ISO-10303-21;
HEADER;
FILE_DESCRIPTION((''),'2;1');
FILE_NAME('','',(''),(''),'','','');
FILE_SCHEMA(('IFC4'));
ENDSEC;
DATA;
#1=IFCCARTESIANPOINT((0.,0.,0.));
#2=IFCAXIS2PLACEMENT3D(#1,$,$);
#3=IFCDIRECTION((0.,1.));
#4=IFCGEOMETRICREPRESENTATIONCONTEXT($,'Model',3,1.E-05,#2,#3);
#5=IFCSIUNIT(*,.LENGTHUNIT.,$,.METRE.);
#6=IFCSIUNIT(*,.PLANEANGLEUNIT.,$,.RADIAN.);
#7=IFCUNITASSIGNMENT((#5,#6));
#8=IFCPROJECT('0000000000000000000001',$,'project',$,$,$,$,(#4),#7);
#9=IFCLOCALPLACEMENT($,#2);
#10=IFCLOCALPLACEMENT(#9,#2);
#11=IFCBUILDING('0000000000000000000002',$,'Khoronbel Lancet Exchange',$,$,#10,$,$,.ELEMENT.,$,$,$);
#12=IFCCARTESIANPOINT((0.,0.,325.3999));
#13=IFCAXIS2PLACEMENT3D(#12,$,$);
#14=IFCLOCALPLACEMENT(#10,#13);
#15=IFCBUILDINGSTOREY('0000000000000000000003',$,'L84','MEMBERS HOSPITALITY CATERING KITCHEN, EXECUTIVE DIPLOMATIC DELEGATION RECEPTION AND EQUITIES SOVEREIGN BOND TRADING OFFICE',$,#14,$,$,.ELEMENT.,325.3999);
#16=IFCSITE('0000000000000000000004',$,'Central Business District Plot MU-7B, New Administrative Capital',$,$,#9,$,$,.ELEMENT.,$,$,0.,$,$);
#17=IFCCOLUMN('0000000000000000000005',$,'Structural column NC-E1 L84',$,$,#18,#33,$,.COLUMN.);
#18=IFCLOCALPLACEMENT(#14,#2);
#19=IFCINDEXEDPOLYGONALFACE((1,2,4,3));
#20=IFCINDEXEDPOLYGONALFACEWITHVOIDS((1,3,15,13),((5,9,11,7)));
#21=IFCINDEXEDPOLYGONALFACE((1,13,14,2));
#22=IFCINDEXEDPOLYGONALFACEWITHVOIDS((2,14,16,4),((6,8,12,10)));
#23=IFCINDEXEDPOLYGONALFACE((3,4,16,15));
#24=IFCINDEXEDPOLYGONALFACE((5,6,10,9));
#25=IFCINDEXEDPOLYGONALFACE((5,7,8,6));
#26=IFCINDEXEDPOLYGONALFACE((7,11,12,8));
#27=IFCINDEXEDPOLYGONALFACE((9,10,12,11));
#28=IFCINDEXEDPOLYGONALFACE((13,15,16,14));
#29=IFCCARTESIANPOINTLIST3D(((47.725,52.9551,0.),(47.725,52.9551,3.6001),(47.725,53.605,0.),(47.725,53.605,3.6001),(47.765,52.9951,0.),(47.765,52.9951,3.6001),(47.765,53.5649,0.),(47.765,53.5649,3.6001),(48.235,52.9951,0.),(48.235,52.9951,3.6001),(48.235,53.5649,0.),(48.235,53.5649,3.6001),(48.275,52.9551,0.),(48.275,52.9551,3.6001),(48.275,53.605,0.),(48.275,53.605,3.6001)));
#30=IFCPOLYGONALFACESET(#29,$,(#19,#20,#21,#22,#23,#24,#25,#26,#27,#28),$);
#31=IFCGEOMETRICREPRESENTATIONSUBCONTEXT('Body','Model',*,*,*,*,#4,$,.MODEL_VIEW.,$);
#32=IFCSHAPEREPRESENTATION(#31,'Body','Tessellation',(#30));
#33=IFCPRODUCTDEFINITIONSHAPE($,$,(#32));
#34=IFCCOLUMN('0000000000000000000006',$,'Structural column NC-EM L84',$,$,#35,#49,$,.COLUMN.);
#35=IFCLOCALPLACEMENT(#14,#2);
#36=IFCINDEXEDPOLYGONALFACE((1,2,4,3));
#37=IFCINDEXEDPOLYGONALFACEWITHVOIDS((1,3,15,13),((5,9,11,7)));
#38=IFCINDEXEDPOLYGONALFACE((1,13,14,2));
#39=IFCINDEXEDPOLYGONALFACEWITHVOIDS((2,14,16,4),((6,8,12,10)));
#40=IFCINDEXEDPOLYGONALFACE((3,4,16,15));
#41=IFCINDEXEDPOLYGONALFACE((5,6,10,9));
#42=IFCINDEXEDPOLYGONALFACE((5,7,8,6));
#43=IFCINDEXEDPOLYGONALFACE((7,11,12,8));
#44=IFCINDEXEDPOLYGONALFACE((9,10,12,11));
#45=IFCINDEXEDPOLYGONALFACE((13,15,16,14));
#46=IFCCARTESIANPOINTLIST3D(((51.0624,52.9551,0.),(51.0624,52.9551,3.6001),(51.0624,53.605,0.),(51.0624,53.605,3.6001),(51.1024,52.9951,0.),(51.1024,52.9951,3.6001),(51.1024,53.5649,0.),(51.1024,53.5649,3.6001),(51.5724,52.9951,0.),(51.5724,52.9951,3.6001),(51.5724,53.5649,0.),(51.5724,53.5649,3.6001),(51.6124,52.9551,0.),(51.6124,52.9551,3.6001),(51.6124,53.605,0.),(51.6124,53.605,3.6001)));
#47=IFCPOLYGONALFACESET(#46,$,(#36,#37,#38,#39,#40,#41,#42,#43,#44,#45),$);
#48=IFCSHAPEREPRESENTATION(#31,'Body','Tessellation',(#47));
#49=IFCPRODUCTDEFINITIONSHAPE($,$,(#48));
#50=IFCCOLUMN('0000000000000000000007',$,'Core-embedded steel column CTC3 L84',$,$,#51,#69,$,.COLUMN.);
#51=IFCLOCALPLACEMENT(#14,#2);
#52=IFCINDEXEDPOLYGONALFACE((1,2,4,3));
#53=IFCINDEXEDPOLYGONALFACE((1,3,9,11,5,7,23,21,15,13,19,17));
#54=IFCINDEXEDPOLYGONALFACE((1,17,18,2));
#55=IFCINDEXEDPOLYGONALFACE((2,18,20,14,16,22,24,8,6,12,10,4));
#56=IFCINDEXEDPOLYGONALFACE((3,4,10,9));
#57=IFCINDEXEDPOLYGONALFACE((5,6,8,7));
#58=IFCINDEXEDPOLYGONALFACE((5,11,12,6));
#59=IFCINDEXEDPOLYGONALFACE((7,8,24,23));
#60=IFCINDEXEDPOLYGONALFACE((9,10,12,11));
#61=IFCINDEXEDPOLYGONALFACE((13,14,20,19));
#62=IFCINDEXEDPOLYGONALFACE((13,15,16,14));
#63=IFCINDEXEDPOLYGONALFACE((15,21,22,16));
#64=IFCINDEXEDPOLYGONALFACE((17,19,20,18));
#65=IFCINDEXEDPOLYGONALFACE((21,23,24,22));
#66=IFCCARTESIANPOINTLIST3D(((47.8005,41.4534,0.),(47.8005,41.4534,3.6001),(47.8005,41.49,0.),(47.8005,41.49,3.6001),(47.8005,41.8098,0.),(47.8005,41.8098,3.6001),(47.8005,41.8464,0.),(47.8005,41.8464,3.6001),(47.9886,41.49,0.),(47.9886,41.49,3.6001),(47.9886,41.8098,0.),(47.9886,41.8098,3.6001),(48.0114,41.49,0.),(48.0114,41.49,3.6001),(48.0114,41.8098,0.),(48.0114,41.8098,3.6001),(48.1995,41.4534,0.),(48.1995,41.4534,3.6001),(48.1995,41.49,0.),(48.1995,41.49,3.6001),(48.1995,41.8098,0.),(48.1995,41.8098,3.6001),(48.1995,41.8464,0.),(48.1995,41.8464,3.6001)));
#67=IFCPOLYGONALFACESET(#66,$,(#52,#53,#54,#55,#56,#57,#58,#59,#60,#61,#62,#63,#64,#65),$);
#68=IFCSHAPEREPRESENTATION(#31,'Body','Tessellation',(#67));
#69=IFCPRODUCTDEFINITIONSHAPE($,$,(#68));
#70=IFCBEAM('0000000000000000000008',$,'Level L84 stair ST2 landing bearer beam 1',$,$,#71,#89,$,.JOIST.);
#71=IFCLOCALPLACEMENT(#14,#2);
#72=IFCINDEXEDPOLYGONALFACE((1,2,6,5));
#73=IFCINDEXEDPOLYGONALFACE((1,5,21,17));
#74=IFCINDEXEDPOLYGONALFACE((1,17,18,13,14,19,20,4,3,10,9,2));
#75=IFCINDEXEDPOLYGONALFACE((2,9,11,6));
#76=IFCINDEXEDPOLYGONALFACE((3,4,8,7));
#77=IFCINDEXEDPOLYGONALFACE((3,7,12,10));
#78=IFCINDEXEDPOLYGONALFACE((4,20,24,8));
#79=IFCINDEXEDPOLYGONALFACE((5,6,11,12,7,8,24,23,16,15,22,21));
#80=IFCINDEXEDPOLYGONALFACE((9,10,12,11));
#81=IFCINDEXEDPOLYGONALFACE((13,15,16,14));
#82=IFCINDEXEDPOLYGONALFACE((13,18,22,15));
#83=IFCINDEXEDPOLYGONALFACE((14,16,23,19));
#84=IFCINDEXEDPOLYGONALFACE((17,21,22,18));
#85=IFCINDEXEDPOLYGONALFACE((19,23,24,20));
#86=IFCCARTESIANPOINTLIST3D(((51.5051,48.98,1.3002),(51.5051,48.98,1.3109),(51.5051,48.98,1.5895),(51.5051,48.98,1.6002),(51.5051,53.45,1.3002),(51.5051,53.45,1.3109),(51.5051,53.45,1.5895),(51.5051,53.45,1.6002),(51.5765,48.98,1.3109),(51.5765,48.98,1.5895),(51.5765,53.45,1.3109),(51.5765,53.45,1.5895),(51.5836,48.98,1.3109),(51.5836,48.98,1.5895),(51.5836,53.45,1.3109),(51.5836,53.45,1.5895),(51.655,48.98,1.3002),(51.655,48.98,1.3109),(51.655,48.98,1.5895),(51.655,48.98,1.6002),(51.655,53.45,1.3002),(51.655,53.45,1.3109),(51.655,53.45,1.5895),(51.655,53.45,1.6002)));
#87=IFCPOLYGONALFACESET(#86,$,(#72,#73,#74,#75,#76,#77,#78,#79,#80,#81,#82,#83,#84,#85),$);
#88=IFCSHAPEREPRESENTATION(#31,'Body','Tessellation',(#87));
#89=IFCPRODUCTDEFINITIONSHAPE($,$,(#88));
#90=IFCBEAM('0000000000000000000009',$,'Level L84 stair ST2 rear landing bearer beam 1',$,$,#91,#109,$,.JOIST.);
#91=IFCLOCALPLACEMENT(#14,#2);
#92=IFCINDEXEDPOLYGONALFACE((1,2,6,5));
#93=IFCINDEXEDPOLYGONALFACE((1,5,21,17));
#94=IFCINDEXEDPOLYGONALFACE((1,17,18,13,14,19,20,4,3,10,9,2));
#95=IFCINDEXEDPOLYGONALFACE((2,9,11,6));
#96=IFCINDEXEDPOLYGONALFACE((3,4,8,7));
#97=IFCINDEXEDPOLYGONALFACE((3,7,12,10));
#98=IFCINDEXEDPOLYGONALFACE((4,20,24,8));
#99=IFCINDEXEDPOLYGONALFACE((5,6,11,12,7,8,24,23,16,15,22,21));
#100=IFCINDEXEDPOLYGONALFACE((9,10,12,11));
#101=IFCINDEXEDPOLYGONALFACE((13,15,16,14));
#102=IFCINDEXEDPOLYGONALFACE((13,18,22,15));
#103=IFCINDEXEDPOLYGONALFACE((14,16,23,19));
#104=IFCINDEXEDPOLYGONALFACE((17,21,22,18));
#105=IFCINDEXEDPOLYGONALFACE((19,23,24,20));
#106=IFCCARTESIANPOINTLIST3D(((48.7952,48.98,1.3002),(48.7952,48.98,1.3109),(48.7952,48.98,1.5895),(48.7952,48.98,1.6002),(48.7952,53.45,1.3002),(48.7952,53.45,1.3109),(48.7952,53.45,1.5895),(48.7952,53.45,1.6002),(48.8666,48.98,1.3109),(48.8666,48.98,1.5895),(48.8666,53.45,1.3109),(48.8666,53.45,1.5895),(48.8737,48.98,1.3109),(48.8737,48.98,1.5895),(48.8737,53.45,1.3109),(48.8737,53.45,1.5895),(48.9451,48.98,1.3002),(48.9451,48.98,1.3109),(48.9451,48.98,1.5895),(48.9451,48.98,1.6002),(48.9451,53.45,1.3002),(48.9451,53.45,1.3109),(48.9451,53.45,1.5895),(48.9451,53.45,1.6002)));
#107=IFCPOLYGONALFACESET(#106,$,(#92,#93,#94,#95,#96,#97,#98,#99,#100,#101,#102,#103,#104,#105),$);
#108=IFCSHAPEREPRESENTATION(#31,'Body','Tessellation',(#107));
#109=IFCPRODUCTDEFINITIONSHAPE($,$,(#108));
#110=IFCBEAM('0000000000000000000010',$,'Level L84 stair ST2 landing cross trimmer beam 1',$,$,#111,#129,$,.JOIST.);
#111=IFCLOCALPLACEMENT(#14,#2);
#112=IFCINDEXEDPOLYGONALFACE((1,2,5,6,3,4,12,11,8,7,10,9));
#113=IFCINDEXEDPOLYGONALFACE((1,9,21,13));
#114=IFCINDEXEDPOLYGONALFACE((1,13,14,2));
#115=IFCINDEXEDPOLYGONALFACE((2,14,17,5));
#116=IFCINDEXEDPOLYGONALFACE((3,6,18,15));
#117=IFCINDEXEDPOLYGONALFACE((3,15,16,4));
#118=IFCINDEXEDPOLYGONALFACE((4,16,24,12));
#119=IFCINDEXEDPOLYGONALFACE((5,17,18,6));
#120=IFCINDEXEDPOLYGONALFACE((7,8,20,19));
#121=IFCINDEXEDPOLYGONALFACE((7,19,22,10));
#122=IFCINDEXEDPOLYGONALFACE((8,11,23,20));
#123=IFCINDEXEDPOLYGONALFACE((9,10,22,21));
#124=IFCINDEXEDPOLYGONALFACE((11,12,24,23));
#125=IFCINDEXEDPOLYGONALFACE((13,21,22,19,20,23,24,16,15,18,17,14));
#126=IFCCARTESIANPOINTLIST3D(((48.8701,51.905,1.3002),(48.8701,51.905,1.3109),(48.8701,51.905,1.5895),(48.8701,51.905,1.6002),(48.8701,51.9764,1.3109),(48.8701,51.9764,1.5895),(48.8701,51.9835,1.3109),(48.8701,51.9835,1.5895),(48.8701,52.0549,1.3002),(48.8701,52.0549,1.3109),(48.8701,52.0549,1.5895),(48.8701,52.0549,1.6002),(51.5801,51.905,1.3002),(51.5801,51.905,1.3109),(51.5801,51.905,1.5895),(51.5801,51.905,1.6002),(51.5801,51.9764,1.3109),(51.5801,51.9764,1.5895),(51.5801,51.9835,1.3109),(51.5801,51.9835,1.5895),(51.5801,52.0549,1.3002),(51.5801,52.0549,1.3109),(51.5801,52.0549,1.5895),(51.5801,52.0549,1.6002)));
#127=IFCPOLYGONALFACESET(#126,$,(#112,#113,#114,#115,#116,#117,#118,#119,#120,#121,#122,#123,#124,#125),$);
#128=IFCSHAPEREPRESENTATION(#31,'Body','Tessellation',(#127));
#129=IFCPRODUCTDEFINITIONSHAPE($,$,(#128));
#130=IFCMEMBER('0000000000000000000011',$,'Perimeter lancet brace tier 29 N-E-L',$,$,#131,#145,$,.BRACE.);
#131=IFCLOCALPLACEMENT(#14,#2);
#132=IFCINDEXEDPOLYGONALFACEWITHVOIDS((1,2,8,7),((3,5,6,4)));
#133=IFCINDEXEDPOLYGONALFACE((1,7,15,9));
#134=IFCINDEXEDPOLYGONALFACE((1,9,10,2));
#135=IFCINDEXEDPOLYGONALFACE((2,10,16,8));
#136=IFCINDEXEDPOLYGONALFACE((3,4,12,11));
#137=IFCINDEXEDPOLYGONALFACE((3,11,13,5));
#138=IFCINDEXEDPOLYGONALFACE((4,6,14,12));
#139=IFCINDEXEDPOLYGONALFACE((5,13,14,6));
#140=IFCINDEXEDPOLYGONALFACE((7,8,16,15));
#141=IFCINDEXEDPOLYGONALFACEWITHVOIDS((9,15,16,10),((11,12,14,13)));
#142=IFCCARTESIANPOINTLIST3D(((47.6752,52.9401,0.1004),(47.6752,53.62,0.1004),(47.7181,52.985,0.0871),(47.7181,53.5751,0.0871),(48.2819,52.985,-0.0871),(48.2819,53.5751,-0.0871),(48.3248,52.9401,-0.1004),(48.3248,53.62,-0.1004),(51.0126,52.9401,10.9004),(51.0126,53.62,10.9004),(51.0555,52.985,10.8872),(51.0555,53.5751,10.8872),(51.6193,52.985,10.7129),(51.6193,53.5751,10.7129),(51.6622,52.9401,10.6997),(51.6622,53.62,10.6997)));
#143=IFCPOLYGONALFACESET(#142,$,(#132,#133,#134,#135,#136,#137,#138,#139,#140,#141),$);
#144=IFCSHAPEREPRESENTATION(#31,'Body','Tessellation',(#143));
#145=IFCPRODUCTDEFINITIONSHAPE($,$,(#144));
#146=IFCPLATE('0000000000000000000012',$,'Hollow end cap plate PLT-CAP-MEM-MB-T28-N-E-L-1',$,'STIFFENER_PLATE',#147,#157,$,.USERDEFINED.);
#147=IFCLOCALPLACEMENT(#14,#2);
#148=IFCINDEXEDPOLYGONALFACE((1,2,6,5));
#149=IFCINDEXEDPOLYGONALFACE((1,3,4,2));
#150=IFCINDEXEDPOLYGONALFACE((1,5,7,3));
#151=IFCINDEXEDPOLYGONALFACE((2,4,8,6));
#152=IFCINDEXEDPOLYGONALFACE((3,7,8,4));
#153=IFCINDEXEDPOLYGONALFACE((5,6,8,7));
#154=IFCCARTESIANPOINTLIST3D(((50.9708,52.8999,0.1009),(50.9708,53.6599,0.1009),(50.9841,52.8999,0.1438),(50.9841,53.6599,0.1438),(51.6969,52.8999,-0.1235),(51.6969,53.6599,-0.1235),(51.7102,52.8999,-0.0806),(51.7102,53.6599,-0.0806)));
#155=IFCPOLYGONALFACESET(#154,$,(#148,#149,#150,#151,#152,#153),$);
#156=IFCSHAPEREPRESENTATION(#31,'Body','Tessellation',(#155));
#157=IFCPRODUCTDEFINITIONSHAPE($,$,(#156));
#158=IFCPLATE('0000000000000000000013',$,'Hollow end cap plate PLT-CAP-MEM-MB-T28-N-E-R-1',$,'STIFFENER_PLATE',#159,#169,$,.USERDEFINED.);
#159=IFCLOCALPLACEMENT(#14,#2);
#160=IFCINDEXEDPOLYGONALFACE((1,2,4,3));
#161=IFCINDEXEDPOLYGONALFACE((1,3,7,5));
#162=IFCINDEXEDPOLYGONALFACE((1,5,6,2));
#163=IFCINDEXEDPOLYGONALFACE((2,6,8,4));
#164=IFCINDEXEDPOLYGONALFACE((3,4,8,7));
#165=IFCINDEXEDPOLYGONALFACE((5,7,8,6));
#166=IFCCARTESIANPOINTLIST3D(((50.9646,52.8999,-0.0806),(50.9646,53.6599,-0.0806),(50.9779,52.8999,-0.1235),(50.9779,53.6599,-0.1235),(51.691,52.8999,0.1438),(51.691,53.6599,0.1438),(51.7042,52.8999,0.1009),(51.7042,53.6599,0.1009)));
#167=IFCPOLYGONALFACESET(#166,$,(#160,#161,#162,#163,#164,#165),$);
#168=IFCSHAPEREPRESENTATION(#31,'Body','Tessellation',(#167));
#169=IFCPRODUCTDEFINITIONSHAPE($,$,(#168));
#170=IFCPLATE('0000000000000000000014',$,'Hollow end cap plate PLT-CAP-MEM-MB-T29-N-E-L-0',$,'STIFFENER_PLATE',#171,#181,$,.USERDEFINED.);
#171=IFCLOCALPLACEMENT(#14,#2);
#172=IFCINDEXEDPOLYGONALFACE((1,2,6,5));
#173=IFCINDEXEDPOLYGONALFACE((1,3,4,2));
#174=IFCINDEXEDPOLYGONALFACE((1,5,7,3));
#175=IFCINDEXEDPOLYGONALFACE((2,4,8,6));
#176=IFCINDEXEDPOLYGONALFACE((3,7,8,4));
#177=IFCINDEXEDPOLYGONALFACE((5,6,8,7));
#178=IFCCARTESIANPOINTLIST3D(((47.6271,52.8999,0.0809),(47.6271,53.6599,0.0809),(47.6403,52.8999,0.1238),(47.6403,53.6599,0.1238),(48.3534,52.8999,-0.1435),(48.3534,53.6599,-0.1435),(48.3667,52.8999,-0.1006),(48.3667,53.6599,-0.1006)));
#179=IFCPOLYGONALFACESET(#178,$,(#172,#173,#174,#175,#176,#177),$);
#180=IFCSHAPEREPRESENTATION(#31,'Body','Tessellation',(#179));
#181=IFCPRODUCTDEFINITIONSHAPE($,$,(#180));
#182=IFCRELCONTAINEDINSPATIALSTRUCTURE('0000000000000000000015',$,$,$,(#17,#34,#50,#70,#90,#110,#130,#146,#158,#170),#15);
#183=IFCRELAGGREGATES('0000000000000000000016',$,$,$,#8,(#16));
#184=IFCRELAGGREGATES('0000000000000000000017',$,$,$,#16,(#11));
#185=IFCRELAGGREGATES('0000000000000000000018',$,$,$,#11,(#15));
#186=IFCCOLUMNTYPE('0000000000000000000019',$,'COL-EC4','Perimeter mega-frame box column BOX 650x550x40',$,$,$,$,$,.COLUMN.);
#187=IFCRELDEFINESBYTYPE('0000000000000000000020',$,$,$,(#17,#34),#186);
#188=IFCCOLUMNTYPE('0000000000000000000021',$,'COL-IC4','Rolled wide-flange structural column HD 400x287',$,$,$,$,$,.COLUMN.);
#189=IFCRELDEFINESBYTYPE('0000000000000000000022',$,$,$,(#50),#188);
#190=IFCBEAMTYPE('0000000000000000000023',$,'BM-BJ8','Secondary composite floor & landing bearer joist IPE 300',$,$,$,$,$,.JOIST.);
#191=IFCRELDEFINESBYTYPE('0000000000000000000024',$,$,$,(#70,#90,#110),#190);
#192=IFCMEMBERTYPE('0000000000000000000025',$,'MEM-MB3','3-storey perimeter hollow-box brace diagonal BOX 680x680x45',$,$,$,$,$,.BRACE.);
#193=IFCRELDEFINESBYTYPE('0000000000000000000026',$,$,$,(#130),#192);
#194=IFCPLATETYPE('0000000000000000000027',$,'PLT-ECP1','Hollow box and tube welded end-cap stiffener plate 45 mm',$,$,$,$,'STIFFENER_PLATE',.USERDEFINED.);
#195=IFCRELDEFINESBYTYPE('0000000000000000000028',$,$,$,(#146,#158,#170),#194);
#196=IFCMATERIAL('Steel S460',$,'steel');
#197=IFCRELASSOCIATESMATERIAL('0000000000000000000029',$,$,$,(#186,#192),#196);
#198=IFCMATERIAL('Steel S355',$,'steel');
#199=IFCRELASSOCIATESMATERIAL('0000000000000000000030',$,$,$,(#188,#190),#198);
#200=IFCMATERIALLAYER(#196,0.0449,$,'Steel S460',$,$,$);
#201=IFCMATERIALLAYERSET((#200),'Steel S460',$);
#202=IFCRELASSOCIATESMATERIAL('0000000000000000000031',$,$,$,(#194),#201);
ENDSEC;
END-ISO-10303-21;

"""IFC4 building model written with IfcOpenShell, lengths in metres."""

from ifc_helpers import new_model, si_unit, direction, frame, origin, origin_2d, place, context, subcontext, project, spatial, polyline, hollow_rectangle, i_section, outline, extrude, material, layer, layer_set, material_profile, profile_set, type_object, element, save


model = new_model("IFC4")

# Units and contexts
model_context = context("Model", 3, precision=1e-05, world=origin(), true_north=direction((0.0, 1.0)))
body_context = subcontext(model_context, "Body", "Model", "MODEL_VIEW")
ifc_project = project(units=[si_unit("LENGTHUNIT", "METRE"), si_unit("PLANEANGLEUNIT", "RADIAN")], contexts=[model_context])

# Site, building, storey
site_placement = place(None, origin())
site = spatial("IfcSite", under=ifc_project, at=site_placement, Name="Central Business District Plot MU-7B, New Administrative Capital", CompositionType="ELEMENT", RefElevation=0.0)
building_placement = place(site_placement, origin())
building = spatial("IfcBuilding", under=site, at=building_placement, Name="Khoronbel Lancet Exchange", CompositionType="ELEMENT")
storey_placement = place(building_placement, frame((0.0, 0.0, 325.3999)))
storey = spatial("IfcBuildingStorey", under=building, at=storey_placement, Name="L84", Description="MEMBERS HOSPITALITY CATERING KITCHEN, EXECUTIVE DIPLOMATIC DELEGATION RECEPTION AND EQUITIES SOVEREIGN BOND TRADING OFFICE", CompositionType="ELEMENT", Elevation=325.3999)

# Columns
ifc_material_1 = material(Name="Steel S460", Category="steel")
ifc_material_profile_1 = material_profile(ifc_material_1, hollow_rectangle(XDim=0.55, YDim=0.6499, WallThickness=0.04, at=origin_2d()), Name="BOX 650x550x40")
ifc_profile_set_1 = profile_set([ifc_material_profile_1], Name="Steel S460")
column_type_1 = type_object("IfcColumnType", Name="COL-EC4", Description="Perimeter mega-frame box column BOX 650x550x40", PredefinedType="COLUMN", material=ifc_profile_set_1)
for number, where, z_axis, x_axis, name in (
    (1, (48.0, 53.28, 0.0), (0.0, 0.0, 1.0), (1.0, 0.0, 0.0), "Structural column NC-E1 L84"),
    (2, (51.3374, 53.28, 0.0), (0.0, 0.0, 1.0), (1.0, 0.0, 0.0), "Structural column NC-EM L84"),
):
    element("IfcColumn", number, at=place(storey_placement, frame(where, z_axis=z_axis, x_axis=x_axis)), inside=storey, type_object=column_type_1, Name=name, PredefinedType="COLUMN", context=body_context, shape_type="SweptSolid", body=[
        extrude(hollow_rectangle(XDim=0.55, YDim=0.6499, WallThickness=0.04, at=origin_2d()), origin(), (0.0, 0.0, 1.0), 3.6001),
    ])
ifc_material_2 = material(Name="Steel S355", Category="steel")
ifc_material_profile_2 = material_profile(ifc_material_2, i_section(OverallWidth=0.3989, OverallDepth=0.3931, WebThickness=0.0227, FlangeThickness=0.0366, at=origin_2d()), Name="HD 400x287")
ifc_profile_set_2 = profile_set([ifc_material_profile_2], Name="Steel S355")
column_type_2 = type_object("IfcColumnType", Name="COL-IC4", Description="Rolled wide-flange structural column HD 400x287", PredefinedType="COLUMN", material=ifc_profile_set_2)
column_placement = place(storey_placement, frame((48.0, 41.6499, 0.0), z_axis=(0.0, 0.0, 1.0), x_axis=(1.0, 0.0, 0.0)))
element("IfcColumn", 3, at=column_placement, inside=storey, type_object=column_type_2, Name="Core-embedded steel column CTC3 L84", PredefinedType="COLUMN", context=body_context, shape_type="SweptSolid", body=[
    extrude(i_section(OverallWidth=0.3989, OverallDepth=0.3931, WebThickness=0.0227, FlangeThickness=0.0366, at=origin_2d()), origin(), (0.0, 0.0, 1.0), 3.6001),
])

# Beams
ifc_material_profile_3 = material_profile(ifc_material_2, i_section(OverallWidth=0.1499, OverallDepth=0.3, WebThickness=0.0071, FlangeThickness=0.0107, at=origin_2d()), Name="IPE 300")
ifc_profile_set_3 = profile_set([ifc_material_profile_3], Name="Steel S355")
beam_type = type_object("IfcBeamType", Name="BM-BJ8", Description="Secondary composite floor & landing bearer joist IPE 300", PredefinedType="JOIST", material=ifc_profile_set_3)
for number, where, z_axis, x_axis, name in (
    (4, (51.5801, 48.98, 1.4502), (0.0, 1.0, 0.0), (-1.0, 0.0, 0.0), "Level L84 stair ST2 landing bearer beam 1"),
    (5, (48.8701, 48.98, 1.4502), (0.0, 1.0, 0.0), (-1.0, 0.0, 0.0), "Level L84 stair ST2 rear landing bearer beam 1"),
):
    element("IfcBeam", number, at=place(storey_placement, frame(where, z_axis=z_axis, x_axis=x_axis)), inside=storey, type_object=beam_type, Name=name, PredefinedType="JOIST", context=body_context, shape_type="SweptSolid", body=[
        extrude(i_section(OverallWidth=0.1499, OverallDepth=0.3, WebThickness=0.0071, FlangeThickness=0.0107, at=origin_2d()), origin(), (0.0, 0.0, 1.0), 4.47),
    ])
beam_placement = place(storey_placement, frame((48.8701, 51.98, 1.4502), z_axis=(1.0, 0.0, 0.0), x_axis=(0.0, 1.0, 0.0)))
element("IfcBeam", 6, at=beam_placement, inside=storey, type_object=beam_type, Name="Level L84 stair ST2 landing cross trimmer beam 1", PredefinedType="JOIST", context=body_context, shape_type="SweptSolid", body=[
    extrude(i_section(OverallWidth=0.1499, OverallDepth=0.3, WebThickness=0.0071, FlangeThickness=0.0107, at=origin_2d()), origin(), (0.0, 0.0, 1.0), 2.71),
])

# Member
ifc_material_profile_4 = material_profile(ifc_material_1, hollow_rectangle(XDim=0.6799, YDim=0.6799, WallThickness=0.0449, at=origin_2d()), Name="BOX 680x680x45")
ifc_profile_set_4 = profile_set([ifc_material_profile_4], Name="Steel S460")
member_type = type_object("IfcMemberType", Name="MEM-MB3", Description="3-storey perimeter hollow-box brace diagonal BOX 680x680x45", PredefinedType="BRACE", material=ifc_profile_set_4)
member_placement = place(storey_placement, frame((48.0, 53.28, 0.0), z_axis=(0.295242, 0.0, 0.955422), x_axis=(0.0, 1.0, 0.0)))
element("IfcMember", 7, at=member_placement, inside=storey, type_object=member_type, Name="Perimeter lancet brace tier 29 N-E-L", PredefinedType="BRACE", context=body_context, shape_type="SweptSolid", body=[
    extrude(hollow_rectangle(XDim=0.6799, YDim=0.6799, WallThickness=0.0449, at=origin_2d()), origin(), (0.0, 0.0, 1.0), 11.304),
])

# Plates
ifc_layer_1 = layer(ifc_material_1, 0.0449, Name="Steel S460")
ifc_layer_set_1 = layer_set([ifc_layer_1], Name="Steel S460")
plate_type = type_object("IfcPlateType", Name="PLT-ECP1", Description="Hollow box and tube welded end-cap stiffener plate 45 mm", ElementType="STIFFENER_PLATE", PredefinedType="USERDEFINED", material=ifc_layer_set_1)
plate_placement = place(storey_placement, frame((51.7102, 52.8999, -0.0806), z_axis=(0.295237, 0.0, 0.955424), x_axis=(0.0, 1.0, 0.0)))
element("IfcPlate", 8, at=plate_placement, inside=storey, type_object=plate_type, Name="Hollow end cap plate PLT-CAP-MEM-MB-T28-N-E-L-1", ObjectType="STIFFENER_PLATE", PredefinedType="USERDEFINED", context=body_context, shape_type="SweptSolid", body=[
    extrude(outline(polyline([(0.0, 0.0), (0.76, 0.0), (0.76, 0.76), (0.0, 0.76), (0.0, 0.0)])), origin(), (0.0, 0.0, -1.0), 0.0449),
])
for number, where, z_axis, x_axis, name in (
    (9, (50.9646, 53.6599, -0.0806), (-0.295146, 0.0, 0.955452), (0.0, -1.0, 0.0), "Hollow end cap plate PLT-CAP-MEM-MB-T28-N-E-R-1"),
    (10, (48.3667, 52.8999, -0.1006), (0.295146, 0.0, 0.955452), (0.0, 1.0, 0.0), "Hollow end cap plate PLT-CAP-MEM-MB-T29-N-E-L-0"),
):
    element("IfcPlate", number, at=place(storey_placement, frame(where, z_axis=z_axis, x_axis=x_axis)), inside=storey, type_object=plate_type, Name=name, ObjectType="STIFFENER_PLATE", PredefinedType="USERDEFINED", context=body_context, shape_type="SweptSolid", body=[
        extrude(outline(polyline([(0.0, 0.0), (0.76, 0.0), (0.76, 0.7603), (0.0, 0.7603), (0.0, 0.0)])), origin(), (0.0, 0.0, -1.0), 0.0449),
    ])

save(model, "model.ifc")
